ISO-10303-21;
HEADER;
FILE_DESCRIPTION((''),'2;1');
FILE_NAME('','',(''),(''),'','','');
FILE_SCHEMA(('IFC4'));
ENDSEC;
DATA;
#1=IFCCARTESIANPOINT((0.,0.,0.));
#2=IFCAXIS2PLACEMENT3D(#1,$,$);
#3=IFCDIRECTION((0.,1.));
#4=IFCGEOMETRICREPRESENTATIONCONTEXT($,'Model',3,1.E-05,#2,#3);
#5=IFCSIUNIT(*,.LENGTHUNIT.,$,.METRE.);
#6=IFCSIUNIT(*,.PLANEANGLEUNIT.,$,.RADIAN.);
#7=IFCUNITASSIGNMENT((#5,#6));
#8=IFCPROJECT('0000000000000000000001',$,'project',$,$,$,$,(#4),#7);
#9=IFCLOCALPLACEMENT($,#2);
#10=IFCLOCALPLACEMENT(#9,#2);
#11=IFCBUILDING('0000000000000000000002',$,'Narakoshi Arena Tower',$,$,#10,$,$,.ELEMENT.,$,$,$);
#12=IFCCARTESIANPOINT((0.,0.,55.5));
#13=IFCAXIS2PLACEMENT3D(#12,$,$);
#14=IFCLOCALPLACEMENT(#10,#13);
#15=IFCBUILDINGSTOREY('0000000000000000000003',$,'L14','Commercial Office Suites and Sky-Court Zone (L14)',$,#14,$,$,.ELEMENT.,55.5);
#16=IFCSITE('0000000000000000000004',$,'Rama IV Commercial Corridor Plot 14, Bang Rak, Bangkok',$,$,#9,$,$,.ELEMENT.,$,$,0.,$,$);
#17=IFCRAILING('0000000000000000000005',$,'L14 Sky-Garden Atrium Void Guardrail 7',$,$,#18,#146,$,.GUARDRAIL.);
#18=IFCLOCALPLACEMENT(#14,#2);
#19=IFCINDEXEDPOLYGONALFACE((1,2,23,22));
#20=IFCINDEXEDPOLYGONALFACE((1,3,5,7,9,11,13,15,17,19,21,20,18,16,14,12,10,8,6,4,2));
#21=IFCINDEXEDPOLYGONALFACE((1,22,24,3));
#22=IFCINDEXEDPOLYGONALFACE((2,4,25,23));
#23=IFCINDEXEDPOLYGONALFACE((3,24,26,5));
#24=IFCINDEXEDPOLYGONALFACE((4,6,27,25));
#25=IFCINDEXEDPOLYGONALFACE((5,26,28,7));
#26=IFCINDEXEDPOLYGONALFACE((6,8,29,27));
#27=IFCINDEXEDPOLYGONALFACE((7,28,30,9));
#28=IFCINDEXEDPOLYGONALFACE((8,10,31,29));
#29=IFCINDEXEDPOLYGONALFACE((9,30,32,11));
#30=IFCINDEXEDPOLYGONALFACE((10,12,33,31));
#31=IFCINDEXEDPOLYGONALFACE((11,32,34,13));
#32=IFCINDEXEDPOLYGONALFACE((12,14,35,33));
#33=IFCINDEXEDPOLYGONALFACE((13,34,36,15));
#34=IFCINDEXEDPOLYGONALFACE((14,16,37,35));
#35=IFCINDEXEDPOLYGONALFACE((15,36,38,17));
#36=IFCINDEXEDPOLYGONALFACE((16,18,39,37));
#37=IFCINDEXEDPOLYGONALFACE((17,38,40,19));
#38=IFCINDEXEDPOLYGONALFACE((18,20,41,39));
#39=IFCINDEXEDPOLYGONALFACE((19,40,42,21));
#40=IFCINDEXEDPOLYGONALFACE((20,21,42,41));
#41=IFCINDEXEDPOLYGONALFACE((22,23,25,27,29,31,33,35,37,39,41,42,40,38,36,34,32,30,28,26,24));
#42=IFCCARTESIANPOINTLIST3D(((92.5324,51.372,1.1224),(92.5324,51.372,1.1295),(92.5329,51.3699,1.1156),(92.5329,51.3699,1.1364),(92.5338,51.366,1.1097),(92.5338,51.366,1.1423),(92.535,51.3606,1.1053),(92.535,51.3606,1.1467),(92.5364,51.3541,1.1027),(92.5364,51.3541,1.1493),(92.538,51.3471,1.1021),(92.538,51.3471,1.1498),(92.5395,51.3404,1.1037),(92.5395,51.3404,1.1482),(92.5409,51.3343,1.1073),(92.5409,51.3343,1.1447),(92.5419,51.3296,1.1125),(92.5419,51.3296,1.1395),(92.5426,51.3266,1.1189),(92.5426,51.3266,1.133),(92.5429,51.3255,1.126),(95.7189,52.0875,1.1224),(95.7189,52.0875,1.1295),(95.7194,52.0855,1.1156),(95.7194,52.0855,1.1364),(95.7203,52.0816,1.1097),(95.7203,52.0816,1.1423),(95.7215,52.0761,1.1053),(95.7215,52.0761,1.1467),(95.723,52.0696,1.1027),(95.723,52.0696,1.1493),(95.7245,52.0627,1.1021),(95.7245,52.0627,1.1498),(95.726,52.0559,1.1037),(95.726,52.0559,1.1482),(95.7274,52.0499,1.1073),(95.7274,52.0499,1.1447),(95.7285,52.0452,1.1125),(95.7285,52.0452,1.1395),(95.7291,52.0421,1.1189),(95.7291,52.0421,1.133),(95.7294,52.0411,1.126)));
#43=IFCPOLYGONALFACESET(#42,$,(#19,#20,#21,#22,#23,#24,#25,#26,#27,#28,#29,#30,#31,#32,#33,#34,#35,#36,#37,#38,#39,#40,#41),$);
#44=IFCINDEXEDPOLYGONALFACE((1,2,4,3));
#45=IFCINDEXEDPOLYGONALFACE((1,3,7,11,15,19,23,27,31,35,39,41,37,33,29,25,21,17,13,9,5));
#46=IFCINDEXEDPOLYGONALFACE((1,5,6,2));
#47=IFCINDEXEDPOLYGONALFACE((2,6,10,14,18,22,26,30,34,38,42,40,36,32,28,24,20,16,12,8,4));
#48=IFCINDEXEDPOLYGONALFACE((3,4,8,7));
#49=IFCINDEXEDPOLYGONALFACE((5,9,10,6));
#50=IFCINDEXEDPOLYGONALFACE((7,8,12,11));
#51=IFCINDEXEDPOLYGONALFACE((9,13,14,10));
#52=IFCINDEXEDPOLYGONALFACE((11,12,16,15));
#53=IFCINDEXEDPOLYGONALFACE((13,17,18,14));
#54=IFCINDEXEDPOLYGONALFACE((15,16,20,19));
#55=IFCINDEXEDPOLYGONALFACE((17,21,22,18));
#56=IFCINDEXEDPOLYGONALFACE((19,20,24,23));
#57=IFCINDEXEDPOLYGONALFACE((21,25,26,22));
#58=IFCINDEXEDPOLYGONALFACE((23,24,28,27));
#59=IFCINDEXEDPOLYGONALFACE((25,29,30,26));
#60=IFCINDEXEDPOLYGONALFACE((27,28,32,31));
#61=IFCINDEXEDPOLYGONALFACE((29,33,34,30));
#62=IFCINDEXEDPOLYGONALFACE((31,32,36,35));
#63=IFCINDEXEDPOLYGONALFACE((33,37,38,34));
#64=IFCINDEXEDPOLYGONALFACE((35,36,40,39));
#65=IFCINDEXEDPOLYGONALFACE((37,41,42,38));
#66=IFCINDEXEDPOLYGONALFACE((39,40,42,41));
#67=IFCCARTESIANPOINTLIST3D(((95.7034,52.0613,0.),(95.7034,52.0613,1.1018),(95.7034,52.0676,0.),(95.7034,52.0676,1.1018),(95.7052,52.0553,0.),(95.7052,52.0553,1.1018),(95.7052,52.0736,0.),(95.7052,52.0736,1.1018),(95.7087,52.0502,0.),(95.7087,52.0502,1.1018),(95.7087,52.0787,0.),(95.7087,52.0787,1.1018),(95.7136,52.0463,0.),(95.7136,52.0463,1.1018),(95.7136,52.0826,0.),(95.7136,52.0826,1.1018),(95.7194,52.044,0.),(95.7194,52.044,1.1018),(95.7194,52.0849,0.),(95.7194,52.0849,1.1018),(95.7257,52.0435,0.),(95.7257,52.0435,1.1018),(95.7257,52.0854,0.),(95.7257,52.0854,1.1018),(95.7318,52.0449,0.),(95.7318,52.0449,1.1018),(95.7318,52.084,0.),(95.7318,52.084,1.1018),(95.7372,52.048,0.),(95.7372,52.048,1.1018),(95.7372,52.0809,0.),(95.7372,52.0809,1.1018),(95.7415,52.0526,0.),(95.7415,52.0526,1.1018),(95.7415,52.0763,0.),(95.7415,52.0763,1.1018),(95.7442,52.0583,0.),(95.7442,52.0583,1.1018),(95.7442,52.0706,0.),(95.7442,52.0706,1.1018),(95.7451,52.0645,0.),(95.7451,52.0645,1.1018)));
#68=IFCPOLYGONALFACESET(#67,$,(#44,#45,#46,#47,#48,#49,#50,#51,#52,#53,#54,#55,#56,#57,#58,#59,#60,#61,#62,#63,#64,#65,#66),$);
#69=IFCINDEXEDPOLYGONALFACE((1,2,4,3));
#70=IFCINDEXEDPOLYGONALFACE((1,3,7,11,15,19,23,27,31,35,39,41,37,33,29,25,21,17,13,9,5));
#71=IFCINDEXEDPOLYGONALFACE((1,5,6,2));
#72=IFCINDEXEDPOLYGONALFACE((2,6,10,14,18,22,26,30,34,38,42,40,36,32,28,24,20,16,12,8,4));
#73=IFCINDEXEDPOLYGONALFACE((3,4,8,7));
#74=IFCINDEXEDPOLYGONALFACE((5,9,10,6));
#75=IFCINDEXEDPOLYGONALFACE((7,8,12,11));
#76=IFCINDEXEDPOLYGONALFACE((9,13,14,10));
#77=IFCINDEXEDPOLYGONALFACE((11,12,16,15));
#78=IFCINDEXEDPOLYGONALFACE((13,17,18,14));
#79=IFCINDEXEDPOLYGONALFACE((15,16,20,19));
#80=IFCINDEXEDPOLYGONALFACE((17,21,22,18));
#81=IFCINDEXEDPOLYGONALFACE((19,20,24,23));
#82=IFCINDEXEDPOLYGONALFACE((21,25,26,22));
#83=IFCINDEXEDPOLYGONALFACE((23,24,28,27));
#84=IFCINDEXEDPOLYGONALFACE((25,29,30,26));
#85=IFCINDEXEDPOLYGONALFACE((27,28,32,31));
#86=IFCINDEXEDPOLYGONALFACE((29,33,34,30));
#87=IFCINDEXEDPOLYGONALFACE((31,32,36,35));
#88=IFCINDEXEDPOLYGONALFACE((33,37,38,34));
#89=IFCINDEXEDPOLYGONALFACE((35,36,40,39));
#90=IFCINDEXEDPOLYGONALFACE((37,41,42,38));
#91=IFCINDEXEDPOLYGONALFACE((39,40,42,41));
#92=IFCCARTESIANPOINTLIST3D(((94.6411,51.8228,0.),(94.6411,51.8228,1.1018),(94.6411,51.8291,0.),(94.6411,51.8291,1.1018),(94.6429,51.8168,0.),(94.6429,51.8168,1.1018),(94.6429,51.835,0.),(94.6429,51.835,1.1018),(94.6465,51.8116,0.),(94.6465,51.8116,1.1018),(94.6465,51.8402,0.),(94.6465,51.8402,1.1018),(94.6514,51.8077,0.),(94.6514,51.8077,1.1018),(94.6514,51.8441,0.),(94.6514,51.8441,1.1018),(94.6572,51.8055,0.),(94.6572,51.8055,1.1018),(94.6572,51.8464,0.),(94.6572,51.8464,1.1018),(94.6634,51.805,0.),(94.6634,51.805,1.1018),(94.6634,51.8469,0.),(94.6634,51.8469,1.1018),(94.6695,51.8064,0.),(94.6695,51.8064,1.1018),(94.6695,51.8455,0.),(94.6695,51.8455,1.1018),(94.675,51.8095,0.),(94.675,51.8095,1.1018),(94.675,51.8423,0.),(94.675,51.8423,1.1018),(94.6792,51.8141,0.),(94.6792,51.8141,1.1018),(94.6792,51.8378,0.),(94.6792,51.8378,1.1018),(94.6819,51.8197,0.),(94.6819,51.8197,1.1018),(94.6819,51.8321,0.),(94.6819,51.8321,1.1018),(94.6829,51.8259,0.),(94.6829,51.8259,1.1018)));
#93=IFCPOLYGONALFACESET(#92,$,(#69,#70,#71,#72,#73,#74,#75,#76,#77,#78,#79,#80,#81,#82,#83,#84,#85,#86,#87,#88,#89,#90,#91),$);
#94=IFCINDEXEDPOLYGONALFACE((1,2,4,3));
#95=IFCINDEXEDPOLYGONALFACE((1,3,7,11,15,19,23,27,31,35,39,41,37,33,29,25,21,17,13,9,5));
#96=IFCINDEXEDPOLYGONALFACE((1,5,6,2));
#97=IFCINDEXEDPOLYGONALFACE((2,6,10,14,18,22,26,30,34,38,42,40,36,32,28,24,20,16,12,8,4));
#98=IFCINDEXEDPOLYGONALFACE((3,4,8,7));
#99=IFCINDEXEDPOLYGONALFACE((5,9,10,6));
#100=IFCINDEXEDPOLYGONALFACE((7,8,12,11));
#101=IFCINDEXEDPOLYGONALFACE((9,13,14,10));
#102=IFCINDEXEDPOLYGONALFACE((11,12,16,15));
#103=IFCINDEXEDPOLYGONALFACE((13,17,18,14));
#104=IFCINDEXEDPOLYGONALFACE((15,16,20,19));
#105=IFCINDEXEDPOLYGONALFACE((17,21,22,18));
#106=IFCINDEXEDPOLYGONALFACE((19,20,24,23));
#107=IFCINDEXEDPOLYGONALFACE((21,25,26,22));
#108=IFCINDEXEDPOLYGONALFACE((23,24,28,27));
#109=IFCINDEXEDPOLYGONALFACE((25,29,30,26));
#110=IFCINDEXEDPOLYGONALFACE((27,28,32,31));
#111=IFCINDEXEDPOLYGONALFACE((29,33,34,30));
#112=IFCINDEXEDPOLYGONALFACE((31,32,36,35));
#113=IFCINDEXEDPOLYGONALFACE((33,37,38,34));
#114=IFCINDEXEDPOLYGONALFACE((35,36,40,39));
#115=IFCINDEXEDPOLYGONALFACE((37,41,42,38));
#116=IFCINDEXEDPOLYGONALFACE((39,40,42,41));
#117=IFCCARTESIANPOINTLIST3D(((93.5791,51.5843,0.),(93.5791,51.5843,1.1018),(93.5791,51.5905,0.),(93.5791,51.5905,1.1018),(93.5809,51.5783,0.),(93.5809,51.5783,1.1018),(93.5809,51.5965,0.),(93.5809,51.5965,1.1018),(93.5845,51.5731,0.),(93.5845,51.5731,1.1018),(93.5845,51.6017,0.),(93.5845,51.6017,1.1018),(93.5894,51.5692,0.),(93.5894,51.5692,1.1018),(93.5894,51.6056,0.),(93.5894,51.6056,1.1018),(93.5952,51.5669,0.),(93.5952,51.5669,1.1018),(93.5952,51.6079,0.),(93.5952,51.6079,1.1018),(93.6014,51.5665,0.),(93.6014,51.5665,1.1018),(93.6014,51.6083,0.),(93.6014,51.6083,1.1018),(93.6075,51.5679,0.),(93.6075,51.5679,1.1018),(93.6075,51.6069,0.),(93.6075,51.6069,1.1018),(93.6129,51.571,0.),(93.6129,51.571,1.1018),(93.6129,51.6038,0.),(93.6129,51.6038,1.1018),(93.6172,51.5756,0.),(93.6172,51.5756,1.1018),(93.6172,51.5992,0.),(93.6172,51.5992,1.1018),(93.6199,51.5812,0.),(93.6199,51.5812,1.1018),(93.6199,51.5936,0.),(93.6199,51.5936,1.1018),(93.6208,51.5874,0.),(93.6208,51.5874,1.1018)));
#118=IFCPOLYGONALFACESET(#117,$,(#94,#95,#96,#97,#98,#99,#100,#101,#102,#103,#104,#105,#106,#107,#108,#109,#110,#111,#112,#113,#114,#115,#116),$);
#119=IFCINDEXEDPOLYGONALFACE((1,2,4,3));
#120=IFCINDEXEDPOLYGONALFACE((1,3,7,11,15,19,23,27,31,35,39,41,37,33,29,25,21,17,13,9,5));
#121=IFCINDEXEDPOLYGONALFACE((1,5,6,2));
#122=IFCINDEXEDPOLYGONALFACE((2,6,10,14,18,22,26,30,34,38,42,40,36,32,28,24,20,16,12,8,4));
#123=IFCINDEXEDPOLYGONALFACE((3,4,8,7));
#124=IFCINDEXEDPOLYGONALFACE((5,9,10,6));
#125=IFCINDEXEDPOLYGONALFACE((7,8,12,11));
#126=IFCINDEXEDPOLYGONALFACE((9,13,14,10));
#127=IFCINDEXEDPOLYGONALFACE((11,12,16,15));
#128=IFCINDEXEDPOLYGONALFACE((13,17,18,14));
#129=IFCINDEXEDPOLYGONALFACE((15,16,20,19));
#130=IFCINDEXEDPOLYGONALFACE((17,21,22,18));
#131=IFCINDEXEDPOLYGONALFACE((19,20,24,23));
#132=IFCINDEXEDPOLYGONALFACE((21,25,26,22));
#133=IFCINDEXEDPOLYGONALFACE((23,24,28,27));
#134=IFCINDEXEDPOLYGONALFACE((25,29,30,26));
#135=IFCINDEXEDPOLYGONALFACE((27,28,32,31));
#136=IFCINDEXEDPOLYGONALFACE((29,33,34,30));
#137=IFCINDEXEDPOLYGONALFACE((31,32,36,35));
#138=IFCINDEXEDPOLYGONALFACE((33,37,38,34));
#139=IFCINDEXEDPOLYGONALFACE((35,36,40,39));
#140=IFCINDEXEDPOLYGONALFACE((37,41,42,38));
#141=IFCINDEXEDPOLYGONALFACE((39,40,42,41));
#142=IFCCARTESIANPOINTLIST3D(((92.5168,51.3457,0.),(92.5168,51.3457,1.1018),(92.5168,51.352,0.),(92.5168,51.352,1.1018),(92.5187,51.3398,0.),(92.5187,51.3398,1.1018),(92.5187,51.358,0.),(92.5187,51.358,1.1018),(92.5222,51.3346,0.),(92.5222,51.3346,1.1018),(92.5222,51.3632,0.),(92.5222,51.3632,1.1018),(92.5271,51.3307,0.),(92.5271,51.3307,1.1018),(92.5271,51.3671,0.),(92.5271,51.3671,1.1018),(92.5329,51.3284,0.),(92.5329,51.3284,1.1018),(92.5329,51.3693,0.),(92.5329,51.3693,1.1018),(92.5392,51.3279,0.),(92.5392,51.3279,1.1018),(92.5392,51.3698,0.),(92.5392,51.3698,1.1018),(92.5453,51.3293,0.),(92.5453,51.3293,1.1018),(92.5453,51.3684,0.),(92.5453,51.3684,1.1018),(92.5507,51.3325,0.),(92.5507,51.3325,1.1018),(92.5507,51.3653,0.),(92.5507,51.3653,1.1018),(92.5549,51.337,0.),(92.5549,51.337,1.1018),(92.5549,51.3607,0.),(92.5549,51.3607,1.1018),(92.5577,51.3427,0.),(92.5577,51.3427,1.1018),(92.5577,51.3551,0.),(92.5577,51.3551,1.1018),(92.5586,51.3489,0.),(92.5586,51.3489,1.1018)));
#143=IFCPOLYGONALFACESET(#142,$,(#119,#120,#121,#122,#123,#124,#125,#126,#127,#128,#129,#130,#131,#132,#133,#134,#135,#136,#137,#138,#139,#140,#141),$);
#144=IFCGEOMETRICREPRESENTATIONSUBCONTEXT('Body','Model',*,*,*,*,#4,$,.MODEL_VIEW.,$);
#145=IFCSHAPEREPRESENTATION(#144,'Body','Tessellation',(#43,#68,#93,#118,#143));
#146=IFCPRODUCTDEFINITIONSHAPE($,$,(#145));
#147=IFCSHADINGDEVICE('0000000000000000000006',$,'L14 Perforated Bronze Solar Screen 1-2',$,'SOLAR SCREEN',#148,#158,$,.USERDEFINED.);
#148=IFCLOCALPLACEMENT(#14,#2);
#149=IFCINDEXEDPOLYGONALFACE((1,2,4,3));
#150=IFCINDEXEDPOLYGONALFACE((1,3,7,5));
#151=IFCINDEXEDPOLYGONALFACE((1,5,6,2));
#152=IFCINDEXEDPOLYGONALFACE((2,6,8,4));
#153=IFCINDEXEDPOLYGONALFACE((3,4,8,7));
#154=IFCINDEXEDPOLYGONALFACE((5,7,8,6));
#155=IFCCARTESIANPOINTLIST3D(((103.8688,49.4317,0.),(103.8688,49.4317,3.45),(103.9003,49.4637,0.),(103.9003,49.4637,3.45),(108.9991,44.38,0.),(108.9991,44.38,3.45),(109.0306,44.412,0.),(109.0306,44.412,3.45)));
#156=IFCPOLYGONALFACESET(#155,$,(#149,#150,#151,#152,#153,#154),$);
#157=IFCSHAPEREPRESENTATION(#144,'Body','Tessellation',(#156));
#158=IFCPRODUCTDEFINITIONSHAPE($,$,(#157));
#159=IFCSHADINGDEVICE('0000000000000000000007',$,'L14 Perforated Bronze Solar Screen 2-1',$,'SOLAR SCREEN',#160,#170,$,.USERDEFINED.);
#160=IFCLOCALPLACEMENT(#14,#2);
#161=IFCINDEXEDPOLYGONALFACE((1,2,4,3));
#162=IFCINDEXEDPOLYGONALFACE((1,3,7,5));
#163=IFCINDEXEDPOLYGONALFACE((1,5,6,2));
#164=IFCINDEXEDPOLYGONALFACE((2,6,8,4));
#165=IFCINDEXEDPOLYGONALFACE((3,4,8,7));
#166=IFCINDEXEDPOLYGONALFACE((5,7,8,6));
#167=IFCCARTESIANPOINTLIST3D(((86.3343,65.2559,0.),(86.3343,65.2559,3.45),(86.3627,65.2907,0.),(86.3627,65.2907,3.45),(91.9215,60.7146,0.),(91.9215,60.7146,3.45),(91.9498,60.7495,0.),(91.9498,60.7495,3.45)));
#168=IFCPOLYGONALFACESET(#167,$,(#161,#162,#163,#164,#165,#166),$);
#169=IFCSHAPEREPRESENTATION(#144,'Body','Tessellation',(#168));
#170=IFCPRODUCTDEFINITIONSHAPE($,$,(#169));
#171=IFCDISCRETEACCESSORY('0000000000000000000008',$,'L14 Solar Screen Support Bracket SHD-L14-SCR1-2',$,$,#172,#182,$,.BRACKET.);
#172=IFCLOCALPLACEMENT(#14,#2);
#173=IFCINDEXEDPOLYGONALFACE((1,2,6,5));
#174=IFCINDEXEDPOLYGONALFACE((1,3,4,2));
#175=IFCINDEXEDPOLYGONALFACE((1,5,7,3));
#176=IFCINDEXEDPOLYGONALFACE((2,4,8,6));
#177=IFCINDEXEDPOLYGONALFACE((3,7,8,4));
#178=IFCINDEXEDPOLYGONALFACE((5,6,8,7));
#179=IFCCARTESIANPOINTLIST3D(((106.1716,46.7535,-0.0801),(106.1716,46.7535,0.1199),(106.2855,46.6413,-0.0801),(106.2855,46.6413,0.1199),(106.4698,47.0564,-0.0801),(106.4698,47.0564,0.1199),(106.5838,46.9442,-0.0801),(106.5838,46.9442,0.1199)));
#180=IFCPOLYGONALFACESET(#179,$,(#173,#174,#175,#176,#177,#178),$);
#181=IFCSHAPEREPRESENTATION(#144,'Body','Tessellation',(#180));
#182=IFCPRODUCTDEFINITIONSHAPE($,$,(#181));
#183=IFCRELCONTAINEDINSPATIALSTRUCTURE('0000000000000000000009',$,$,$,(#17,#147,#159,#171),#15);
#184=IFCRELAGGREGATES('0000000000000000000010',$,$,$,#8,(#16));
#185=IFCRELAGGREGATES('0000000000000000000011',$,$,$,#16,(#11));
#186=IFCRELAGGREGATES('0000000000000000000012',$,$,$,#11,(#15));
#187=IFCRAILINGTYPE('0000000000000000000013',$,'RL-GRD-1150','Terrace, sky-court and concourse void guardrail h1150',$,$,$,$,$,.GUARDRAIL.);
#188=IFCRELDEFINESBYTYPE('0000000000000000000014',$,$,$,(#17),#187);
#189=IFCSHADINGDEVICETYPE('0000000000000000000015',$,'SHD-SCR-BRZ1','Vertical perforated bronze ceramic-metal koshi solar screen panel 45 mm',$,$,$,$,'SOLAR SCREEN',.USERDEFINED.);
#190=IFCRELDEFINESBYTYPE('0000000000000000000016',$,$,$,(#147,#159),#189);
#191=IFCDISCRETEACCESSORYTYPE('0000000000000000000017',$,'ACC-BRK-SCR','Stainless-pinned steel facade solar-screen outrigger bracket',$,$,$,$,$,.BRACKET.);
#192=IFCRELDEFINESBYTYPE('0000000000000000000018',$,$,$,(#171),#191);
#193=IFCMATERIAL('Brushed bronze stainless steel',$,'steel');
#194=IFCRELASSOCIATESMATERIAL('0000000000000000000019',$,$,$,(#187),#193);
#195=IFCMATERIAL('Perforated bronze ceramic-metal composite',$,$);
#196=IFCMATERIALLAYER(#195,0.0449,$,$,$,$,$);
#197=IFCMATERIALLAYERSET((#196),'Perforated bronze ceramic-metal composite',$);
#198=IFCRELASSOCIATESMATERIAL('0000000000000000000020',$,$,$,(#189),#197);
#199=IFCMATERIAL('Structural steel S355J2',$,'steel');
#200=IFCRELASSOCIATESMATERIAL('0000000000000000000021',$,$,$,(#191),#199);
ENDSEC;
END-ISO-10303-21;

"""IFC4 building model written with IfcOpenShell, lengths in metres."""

from ifc_helpers import new_model, si_unit, direction, frame, origin, origin_2d, place, context, subcontext, project, spatial, rectangle, circle, extrude, material, layer, layer_set, type_object, element, save


model = new_model("IFC4")

# Units and contexts
model_context = context("Model", 3, precision=1e-05, world=origin(), true_north=direction((0.0, 1.0)))
body_context = subcontext(model_context, "Body", "Model", "MODEL_VIEW")
ifc_project = project(units=[si_unit("LENGTHUNIT", "METRE"), si_unit("PLANEANGLEUNIT", "RADIAN")], contexts=[model_context])

# Site, building, storey
site_placement = place(None, origin())
site = spatial("IfcSite", under=ifc_project, at=site_placement, Name="Rama IV Commercial Corridor Plot 14, Bang Rak, Bangkok", CompositionType="ELEMENT", RefElevation=0.0)
building_placement = place(site_placement, origin())
building = spatial("IfcBuilding", under=site, at=building_placement, Name="Narakoshi Arena Tower", CompositionType="ELEMENT")
storey_placement = place(building_placement, frame((0.0, 0.0, 55.5)))
storey = spatial("IfcBuildingStorey", under=building, at=storey_placement, Name="L14", Description="Commercial Office Suites and Sky-Court Zone (L14)", CompositionType="ELEMENT", Elevation=55.5)

# Shared definitions
ifc_material_1 = material(Name="Structural steel S355J2", Category="steel")

# Railing
ifc_material_2 = material(Name="Brushed bronze stainless steel", Category="steel")
railing_type = type_object("IfcRailingType", Name="RL-GRD-1150", Description="Terrace, sky-court and concourse void guardrail h1150", PredefinedType="GUARDRAIL", material=ifc_material_2)
railing_1_placement = place(storey_placement, frame((95.7241, 52.0645, 0.0)))
element("IfcRailing", 1, at=railing_1_placement, inside=storey, type_object=railing_type, Name="L14 Sky-Garden Atrium Void Guardrail 7", PredefinedType="GUARDRAIL", context=body_context, shape_type="SweptSolid", body=[
    extrude(circle(Radius=0.0239, at=origin_2d()), frame((0.0, 0.0, 1.126), z_axis=(-0.975701, -0.219107, 0.0), x_axis=(0.219107, -0.975701, 0.0)), (0.0, 0.0, 1.0), 3.2659),
    extrude(circle(Radius=0.021, at=origin_2d()), origin(), (0.0, 0.0, 1.0), 1.1018),
    extrude(circle(Radius=0.021, at=origin_2d()), frame((-1.0623, -0.2385, 0.0)), (0.0, 0.0, 1.0), 1.1018),
    extrude(circle(Radius=0.021, at=origin_2d()), frame((-2.1243, -0.4771, 0.0)), (0.0, 0.0, 1.0), 1.1018),
    extrude(circle(Radius=0.021, at=origin_2d()), frame((-3.1865, -0.7156, 0.0)), (0.0, 0.0, 1.0), 1.1018),
])

# Shading devices
ifc_material_3 = material(Name="Perforated bronze ceramic-metal composite")
ifc_layer_1 = layer(ifc_material_3, 0.0449)
ifc_layer_set_1 = layer_set([ifc_layer_1], Name="Perforated bronze ceramic-metal composite")
shading_device_type = type_object("IfcShadingDeviceType", Name="SHD-SCR-BRZ1", Description="Vertical perforated bronze ceramic-metal koshi solar screen panel 45 mm", ElementType="SOLAR SCREEN", PredefinedType="USERDEFINED", material=ifc_layer_set_1)
for number, where, z_axis, x_axis, name in (
    (2, (106.4497, 46.9219, 0.0), (0.0, 0.0, 1.0), (-0.712541, 0.701631, 0.0), "L14 Perforated Bronze Solar Screen 1-2"),
    (3, (89.1421, 63.0027, 0.0), (0.0, 0.0, 1.0), (-0.776002, 0.63073, 0.0), "L14 Perforated Bronze Solar Screen 2-1"),
):
    element("IfcShadingDevice", number, at=place(storey_placement, frame(where, z_axis=z_axis, x_axis=x_axis)), inside=storey, type_object=shading_device_type, Name=name, ObjectType="SOLAR SCREEN", PredefinedType="USERDEFINED", context=body_context, shape_type="SweptSolid", body=[
        extrude(rectangle(XDim=7.2, YDim=0.0449, at=origin_2d()), origin(), (0.0, 0.0, 1.0), 3.45),
    ])

# Discrete accessory
discrete_accessory_type = type_object("IfcDiscreteAccessoryType", Name="ACC-BRK-SCR", Description="Stainless-pinned steel facade solar-screen outrigger bracket", PredefinedType="BRACKET", material=ifc_material_1)
discrete_accessory_placement = place(storey_placement, frame((106.3777, 46.8489, -0.0801), z_axis=(0.0, 0.0, 1.0), x_axis=(-0.712541, 0.701631, 0.0)))
element("IfcDiscreteAccessory", 4, at=discrete_accessory_placement, inside=storey, type_object=discrete_accessory_type, Name="L14 Solar Screen Support Bracket SHD-L14-SCR1-2", PredefinedType="BRACKET", context=body_context, shape_type="SweptSolid", body=[
    extrude(rectangle(XDim=0.1599, YDim=0.425, at=origin_2d()), origin(), (0.0, 0.0, 1.0), 0.2),
])

save(model, "model.ifc")
